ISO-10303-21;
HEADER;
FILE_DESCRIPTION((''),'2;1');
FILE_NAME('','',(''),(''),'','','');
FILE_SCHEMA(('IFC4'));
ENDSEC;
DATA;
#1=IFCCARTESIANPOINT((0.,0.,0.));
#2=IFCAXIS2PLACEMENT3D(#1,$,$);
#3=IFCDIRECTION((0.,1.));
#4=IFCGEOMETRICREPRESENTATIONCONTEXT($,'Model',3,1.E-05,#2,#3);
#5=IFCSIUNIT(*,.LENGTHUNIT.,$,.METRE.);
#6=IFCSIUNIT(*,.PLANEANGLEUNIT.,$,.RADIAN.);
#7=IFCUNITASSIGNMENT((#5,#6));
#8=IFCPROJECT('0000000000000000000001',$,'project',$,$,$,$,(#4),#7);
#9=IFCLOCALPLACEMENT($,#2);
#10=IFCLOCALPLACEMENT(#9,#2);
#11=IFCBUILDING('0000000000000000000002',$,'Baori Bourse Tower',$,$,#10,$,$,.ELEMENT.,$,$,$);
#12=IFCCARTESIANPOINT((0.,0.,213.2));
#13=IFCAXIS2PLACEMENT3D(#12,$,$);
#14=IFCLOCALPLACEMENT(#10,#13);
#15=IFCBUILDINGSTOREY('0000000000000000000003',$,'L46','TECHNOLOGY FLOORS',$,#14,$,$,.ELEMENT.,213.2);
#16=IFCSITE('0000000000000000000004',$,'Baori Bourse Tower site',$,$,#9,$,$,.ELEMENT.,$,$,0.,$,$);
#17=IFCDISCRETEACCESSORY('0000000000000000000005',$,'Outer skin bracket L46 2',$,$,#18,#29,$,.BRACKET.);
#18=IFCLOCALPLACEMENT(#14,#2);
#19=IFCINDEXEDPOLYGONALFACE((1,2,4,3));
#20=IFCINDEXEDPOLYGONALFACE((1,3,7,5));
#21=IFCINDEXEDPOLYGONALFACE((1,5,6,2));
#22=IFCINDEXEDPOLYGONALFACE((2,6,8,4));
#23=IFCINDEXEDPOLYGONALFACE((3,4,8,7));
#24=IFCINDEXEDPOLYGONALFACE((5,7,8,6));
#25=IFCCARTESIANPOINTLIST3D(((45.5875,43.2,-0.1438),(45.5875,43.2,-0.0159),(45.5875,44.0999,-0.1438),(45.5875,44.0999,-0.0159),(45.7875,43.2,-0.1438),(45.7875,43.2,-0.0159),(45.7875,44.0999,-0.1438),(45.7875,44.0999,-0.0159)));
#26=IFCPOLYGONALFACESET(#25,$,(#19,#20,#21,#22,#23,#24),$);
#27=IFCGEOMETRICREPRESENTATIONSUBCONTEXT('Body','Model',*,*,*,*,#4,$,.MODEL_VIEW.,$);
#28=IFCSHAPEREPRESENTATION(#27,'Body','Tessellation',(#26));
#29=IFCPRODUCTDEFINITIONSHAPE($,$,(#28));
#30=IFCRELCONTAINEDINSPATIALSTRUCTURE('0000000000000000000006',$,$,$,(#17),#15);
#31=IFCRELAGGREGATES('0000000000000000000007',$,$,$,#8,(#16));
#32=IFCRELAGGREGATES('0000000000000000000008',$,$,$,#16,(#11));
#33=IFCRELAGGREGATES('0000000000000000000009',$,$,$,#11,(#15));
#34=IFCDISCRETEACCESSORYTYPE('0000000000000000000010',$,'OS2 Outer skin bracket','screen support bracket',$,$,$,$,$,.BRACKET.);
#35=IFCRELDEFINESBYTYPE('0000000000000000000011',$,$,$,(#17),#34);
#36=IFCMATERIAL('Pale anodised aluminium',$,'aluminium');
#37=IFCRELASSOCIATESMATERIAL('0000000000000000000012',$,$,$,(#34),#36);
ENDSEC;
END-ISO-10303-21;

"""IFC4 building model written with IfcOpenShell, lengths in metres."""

from ifc_helpers import new_model, si_unit, direction, frame, origin, origin_2d, place, context, subcontext, project, spatial, rectangle, extrude, material, type_object, element, save


model = new_model("IFC4")

# Units and contexts
model_context = context("Model", 3, precision=1e-05, world=origin(), true_north=direction((0.0, 1.0)))
body_context = subcontext(model_context, "Body", "Model", "MODEL_VIEW")
ifc_project = project(units=[si_unit("LENGTHUNIT", "METRE"), si_unit("PLANEANGLEUNIT", "RADIAN")], contexts=[model_context])

# Site, building, storey
site_placement = place(None, origin())
site = spatial("IfcSite", under=ifc_project, at=site_placement, Name="Baori Bourse Tower site", CompositionType="ELEMENT", RefElevation=0.0)
building_placement = place(site_placement, origin())
building = spatial("IfcBuilding", under=site, at=building_placement, Name="Baori Bourse Tower", CompositionType="ELEMENT")
storey_placement = place(building_placement, frame((0.0, 0.0, 213.2)))
storey = spatial("IfcBuildingStorey", under=building, at=storey_placement, Name="L46", Description="TECHNOLOGY FLOORS", CompositionType="ELEMENT", Elevation=213.2)

# Discrete accessory
ifc_material_1 = material(Name="Pale anodised aluminium", Category="aluminium")
discrete_accessory_type = type_object("IfcDiscreteAccessoryType", Name="OS2 Outer skin bracket", Description="screen support bracket", PredefinedType="BRACKET", material=ifc_material_1)
for number, where, z_axis, x_axis, name in (
    (1, (45.6875, 43.6499, -0.1438), (0.0, 0.0, 1.0), (-1.0, 0.0, 0.0), "Outer skin bracket L46 2"),
):
    element("IfcDiscreteAccessory", number, at=place(storey_placement, frame(where, z_axis=z_axis, x_axis=x_axis)), inside=storey, type_object=discrete_accessory_type, Name=name, PredefinedType="BRACKET", context=body_context, shape_type="SweptSolid", body=[
        extrude(rectangle(XDim=0.2, YDim=0.8999, at=origin_2d()), origin(), (0.0, 0.0, 1.0), 0.1279),
    ])

save(model, "model.ifc")
